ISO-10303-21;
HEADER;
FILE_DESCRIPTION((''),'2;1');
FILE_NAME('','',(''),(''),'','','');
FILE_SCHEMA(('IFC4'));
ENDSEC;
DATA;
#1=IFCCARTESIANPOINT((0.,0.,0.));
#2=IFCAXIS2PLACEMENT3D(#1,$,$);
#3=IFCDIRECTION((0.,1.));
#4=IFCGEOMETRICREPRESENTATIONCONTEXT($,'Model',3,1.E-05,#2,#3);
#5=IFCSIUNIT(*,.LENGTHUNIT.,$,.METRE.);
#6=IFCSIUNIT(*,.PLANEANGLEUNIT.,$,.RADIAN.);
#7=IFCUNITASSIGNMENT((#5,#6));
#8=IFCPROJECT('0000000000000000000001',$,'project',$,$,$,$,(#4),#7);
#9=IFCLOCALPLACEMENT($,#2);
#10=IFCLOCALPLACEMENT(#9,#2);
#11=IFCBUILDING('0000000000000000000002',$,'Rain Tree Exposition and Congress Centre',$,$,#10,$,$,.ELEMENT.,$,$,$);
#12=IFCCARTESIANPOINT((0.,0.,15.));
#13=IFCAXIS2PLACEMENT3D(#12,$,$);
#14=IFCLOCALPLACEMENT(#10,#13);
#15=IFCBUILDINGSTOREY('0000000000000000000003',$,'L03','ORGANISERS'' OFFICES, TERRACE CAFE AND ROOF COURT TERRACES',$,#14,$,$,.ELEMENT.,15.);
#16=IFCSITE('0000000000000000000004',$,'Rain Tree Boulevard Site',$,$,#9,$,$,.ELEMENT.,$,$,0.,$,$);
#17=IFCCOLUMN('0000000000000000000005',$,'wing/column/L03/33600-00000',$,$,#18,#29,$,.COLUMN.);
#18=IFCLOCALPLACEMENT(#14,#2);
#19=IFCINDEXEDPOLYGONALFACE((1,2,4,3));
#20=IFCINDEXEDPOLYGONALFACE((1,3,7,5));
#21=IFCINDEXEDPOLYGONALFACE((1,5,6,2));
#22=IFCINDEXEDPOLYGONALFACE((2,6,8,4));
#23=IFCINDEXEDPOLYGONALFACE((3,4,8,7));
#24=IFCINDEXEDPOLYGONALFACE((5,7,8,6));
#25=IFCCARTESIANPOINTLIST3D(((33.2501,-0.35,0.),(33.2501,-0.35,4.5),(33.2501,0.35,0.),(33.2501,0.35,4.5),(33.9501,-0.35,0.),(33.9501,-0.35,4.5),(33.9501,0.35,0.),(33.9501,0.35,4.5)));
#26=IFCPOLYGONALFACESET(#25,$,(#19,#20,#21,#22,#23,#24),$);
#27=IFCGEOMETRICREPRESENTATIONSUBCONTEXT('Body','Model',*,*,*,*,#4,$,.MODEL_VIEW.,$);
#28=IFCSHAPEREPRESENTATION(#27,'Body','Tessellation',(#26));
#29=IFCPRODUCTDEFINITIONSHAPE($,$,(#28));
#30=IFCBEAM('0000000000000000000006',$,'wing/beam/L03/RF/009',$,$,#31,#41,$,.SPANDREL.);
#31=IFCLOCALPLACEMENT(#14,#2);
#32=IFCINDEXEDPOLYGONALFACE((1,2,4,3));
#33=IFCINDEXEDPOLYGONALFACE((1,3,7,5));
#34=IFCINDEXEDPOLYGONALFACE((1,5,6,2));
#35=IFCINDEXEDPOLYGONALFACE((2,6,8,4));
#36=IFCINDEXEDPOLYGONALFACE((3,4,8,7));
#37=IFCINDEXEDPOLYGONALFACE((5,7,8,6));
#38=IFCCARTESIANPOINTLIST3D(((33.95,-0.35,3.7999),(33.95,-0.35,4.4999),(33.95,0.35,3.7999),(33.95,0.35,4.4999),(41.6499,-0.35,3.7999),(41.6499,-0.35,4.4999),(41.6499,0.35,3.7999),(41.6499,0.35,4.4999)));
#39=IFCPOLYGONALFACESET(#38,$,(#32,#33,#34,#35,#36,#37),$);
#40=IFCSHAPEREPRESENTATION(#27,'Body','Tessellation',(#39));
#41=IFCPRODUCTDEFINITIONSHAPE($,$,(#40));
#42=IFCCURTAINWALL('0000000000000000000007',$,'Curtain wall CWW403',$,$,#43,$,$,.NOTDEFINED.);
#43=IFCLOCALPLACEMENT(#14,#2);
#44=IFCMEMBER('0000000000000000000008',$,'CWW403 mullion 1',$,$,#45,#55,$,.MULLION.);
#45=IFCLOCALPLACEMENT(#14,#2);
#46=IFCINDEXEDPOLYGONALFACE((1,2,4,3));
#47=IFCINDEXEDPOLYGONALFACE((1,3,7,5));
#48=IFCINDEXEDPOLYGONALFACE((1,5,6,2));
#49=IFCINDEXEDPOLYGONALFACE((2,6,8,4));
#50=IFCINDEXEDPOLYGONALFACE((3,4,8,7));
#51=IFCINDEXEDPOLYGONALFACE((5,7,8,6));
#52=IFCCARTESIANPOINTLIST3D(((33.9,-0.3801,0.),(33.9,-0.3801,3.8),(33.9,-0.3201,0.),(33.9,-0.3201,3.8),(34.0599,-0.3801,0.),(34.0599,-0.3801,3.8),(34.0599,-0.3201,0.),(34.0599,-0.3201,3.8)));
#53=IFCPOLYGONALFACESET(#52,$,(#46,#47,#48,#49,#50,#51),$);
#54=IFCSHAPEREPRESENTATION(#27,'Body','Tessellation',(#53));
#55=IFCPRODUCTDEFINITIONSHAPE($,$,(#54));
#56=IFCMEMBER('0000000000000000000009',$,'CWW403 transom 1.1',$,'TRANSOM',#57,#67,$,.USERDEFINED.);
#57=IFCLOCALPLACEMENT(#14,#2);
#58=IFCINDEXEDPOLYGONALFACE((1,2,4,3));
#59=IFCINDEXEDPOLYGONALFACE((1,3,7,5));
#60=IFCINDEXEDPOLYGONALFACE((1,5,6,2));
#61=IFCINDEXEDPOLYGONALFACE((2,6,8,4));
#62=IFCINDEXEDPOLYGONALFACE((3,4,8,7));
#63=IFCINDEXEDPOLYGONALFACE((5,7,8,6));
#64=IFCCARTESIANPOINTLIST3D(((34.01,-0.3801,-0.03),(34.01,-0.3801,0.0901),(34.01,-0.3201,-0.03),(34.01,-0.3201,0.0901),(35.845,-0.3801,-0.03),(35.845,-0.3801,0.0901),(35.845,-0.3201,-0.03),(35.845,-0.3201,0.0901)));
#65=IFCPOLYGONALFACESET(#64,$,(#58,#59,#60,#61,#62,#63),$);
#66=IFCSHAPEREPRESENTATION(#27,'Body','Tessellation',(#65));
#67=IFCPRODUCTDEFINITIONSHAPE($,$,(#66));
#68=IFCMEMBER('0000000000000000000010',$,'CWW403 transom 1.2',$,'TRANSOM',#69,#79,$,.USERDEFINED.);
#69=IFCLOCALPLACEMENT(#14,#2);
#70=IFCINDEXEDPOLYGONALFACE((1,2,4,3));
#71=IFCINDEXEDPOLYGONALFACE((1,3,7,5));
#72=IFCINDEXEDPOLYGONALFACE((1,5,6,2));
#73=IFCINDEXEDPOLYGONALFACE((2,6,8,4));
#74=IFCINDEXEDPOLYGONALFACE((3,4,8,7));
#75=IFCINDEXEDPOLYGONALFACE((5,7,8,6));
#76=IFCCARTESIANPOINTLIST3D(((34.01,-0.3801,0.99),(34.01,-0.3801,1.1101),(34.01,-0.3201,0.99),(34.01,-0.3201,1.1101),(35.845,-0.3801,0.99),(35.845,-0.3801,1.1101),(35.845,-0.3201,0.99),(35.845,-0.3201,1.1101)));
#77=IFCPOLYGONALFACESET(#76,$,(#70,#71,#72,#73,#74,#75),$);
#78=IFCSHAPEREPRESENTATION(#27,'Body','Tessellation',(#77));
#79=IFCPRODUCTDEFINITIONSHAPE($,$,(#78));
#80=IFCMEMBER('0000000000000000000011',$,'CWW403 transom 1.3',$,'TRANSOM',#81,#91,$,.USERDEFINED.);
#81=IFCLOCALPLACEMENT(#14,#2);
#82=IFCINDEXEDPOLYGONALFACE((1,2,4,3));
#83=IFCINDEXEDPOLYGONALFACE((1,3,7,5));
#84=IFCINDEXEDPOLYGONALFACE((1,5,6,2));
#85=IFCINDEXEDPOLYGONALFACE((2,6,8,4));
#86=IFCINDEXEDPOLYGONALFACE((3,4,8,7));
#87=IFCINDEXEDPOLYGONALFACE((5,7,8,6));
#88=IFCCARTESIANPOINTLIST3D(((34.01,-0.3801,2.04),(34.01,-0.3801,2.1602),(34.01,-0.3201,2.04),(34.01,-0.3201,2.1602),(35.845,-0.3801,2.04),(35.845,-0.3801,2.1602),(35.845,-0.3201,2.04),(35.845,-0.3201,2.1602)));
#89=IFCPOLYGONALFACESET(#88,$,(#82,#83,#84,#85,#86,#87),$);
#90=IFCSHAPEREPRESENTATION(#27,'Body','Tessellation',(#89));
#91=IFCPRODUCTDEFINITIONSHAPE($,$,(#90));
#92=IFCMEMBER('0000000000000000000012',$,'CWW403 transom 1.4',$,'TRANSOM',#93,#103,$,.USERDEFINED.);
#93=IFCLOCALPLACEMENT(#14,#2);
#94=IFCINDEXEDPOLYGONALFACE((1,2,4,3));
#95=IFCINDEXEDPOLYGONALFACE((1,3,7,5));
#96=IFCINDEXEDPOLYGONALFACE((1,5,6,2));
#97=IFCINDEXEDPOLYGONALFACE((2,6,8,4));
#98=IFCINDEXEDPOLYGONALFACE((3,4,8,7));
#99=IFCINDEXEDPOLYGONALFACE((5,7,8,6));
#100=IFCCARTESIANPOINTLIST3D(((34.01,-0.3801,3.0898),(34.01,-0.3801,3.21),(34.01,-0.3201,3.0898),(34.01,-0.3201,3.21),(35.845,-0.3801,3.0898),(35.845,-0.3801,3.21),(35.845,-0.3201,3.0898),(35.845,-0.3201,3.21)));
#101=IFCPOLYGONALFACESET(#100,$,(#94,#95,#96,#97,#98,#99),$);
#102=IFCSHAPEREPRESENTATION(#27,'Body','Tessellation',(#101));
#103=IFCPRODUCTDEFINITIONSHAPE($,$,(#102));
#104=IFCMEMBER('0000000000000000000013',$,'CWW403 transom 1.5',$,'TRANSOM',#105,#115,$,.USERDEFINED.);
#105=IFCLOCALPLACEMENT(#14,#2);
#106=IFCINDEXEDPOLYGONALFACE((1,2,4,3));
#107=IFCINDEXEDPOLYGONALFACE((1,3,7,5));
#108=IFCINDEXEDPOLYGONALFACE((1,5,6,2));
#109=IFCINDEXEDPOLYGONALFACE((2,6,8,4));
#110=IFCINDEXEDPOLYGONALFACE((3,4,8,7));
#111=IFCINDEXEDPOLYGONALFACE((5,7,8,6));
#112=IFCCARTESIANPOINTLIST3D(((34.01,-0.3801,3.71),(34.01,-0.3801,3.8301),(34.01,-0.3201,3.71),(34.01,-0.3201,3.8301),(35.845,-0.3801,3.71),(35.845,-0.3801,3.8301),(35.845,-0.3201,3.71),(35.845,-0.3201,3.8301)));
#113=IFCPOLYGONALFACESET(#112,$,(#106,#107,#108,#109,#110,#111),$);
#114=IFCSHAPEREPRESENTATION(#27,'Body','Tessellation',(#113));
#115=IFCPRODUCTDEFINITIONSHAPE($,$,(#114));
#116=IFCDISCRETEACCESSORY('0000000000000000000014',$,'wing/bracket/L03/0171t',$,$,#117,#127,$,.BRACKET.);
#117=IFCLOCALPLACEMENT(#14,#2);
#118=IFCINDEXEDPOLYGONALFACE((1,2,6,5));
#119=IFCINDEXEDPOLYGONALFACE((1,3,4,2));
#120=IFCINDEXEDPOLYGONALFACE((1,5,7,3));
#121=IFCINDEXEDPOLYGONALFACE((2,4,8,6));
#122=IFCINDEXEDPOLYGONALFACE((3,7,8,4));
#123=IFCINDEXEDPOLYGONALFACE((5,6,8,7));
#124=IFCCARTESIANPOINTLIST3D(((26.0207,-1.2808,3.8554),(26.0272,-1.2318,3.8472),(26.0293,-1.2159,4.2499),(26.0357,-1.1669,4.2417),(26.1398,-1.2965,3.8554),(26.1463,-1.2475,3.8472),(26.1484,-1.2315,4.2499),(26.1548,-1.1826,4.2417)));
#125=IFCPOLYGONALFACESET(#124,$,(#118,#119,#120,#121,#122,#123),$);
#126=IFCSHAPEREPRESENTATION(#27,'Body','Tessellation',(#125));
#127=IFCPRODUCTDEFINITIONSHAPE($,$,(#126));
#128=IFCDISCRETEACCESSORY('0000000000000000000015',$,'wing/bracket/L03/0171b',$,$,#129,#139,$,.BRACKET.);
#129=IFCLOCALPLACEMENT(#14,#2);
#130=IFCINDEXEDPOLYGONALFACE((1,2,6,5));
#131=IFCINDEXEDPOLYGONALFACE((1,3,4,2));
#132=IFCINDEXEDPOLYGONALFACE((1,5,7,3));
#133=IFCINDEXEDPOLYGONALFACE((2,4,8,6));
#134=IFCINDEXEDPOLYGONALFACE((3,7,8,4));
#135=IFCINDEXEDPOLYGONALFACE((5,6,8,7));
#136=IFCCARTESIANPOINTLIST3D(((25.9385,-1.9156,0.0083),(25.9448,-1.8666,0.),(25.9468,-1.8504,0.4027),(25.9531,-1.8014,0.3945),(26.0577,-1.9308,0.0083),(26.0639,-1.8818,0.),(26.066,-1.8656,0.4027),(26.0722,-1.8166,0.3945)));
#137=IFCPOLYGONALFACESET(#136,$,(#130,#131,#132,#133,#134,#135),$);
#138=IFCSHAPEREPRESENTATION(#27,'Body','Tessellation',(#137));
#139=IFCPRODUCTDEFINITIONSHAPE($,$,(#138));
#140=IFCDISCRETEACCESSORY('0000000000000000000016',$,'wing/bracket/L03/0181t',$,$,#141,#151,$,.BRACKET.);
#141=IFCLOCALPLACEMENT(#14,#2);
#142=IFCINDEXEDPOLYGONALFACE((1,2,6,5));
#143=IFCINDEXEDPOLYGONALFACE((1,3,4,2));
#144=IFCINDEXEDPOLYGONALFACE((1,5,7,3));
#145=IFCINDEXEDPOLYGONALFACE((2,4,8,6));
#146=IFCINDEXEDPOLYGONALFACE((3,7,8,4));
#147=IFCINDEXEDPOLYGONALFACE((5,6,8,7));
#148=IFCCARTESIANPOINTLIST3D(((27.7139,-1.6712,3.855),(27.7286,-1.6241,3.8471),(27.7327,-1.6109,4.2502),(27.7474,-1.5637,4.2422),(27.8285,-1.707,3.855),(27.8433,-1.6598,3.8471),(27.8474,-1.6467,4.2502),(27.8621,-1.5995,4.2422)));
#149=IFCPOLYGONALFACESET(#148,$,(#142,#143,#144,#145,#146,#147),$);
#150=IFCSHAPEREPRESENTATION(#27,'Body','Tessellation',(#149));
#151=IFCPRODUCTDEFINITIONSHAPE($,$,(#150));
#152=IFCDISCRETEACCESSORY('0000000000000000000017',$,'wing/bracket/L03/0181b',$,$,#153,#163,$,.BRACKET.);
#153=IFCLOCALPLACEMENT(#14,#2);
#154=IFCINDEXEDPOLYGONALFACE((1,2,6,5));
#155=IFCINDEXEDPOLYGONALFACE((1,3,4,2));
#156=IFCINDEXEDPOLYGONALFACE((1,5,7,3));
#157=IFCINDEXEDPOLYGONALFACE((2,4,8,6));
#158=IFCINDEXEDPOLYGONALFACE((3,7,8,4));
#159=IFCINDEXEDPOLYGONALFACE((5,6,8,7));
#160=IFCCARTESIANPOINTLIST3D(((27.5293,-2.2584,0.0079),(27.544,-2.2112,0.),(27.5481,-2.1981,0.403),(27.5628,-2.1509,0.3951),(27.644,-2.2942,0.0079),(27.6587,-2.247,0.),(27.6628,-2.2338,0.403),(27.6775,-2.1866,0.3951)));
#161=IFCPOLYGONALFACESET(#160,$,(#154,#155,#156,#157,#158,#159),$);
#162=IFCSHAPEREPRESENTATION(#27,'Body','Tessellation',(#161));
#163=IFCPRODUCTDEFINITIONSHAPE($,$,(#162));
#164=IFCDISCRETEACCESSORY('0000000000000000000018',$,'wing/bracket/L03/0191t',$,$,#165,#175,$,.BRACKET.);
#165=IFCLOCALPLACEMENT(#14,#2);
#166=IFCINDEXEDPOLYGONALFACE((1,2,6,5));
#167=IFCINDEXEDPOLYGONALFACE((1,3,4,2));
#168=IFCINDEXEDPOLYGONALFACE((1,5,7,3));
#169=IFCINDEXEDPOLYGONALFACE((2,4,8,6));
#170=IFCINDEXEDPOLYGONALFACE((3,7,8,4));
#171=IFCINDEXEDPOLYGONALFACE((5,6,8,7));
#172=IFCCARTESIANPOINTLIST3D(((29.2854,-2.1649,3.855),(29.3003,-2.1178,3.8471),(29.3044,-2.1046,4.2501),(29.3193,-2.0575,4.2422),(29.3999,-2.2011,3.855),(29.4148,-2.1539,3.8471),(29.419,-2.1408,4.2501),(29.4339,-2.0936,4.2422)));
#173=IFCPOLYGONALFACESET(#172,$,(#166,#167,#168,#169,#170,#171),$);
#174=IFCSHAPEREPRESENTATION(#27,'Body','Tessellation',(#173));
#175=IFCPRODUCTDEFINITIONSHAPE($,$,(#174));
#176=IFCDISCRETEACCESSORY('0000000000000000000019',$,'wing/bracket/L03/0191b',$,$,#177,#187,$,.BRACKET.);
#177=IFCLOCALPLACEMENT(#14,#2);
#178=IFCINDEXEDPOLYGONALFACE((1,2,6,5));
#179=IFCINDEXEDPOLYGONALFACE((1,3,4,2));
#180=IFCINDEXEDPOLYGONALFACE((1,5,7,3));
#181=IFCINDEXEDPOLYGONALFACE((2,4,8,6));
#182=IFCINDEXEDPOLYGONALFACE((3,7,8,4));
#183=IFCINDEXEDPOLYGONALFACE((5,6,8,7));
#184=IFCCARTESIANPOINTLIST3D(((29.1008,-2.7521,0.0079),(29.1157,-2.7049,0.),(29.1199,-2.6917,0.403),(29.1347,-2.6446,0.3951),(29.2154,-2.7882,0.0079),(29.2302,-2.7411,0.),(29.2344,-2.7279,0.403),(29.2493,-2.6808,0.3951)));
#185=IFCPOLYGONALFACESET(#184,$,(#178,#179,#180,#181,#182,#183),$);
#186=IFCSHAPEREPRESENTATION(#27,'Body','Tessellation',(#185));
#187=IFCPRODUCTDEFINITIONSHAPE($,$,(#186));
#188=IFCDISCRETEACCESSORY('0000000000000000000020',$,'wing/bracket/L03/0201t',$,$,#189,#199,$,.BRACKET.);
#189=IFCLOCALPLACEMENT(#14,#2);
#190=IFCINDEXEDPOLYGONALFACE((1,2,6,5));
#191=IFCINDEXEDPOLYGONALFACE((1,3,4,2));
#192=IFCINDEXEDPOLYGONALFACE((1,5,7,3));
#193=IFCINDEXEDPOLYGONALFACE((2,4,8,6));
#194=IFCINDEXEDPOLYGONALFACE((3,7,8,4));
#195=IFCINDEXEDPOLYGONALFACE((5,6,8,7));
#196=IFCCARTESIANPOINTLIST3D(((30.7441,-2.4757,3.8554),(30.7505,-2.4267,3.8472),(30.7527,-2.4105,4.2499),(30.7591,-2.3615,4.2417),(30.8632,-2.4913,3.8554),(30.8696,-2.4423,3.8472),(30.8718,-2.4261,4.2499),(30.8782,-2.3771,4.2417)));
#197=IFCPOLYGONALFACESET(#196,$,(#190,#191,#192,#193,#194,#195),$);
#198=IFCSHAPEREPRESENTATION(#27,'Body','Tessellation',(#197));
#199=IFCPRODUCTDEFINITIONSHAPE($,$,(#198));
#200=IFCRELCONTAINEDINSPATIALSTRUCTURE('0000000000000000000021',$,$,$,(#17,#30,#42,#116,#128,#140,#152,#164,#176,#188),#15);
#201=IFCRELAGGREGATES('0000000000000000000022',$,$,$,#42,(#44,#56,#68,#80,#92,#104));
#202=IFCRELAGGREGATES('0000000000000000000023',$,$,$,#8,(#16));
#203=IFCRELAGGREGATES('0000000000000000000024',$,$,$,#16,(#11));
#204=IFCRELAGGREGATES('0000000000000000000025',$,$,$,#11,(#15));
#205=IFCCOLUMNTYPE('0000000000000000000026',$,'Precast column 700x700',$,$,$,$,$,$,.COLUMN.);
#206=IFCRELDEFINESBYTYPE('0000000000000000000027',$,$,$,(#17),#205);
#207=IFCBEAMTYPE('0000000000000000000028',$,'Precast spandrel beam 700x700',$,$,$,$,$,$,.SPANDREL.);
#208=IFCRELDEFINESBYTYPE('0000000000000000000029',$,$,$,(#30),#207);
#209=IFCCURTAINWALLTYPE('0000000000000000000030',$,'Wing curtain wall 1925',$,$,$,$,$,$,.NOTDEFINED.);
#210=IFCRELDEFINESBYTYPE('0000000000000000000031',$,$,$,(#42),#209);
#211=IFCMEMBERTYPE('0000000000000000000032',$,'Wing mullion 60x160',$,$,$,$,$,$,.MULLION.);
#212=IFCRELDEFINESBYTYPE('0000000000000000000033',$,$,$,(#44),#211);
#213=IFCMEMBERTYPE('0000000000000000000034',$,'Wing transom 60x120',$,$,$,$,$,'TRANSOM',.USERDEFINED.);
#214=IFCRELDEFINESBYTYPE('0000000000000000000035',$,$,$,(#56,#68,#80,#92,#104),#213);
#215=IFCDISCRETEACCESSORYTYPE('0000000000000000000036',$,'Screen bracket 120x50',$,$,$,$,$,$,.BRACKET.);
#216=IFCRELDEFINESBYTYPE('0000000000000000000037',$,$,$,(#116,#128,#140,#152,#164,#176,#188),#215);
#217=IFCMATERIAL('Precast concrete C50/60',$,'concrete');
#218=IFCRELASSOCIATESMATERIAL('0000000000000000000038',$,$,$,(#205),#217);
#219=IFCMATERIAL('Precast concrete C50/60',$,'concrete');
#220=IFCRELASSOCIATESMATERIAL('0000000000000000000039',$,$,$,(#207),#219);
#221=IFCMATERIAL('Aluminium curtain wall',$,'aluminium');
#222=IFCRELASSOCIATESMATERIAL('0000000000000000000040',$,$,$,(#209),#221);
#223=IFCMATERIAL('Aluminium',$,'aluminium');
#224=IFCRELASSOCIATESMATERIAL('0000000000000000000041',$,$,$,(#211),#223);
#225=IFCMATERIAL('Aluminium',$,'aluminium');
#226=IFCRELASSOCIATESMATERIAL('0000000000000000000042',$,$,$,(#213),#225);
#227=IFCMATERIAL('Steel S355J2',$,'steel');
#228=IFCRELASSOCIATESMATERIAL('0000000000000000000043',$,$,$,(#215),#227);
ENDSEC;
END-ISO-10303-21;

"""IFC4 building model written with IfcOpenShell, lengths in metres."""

from ifc_helpers import new_model, si_unit, direction, frame, origin, origin_2d, place, context, subcontext, project, spatial, rectangle, extrude, material, material_profile, profile_set, type_object, element, aggregate, save


model = new_model("IFC4")

# Units and contexts
model_context = context("Model", 3, precision=1e-05, world=origin(), true_north=direction((0.0, 1.0)))
body_context = subcontext(model_context, "Body", "Model", "MODEL_VIEW")
ifc_project = project(units=[si_unit("LENGTHUNIT", "METRE"), si_unit("PLANEANGLEUNIT", "RADIAN")], contexts=[model_context])

# Site, building, storey
site_placement = place(None, origin())
site = spatial("IfcSite", under=ifc_project, at=site_placement, Name="Rain Tree Boulevard Site", CompositionType="ELEMENT", RefElevation=0.0)
building_placement = place(site_placement, origin())
building = spatial("IfcBuilding", under=site, at=building_placement, Name="Rain Tree Exposition and Congress Centre", CompositionType="ELEMENT")
storey_placement = place(building_placement, frame((0.0, 0.0, 15.0)))
storey = spatial("IfcBuildingStorey", under=building, at=storey_placement, Name="L03", Description="ORGANISERS' OFFICES, TERRACE CAFE AND ROOF COURT TERRACES", CompositionType="ELEMENT", Elevation=15.0)

# Column
ifc_material_1 = material(Name="Precast concrete C50/60", Category="concrete")
ifc_material_profile_1 = material_profile(ifc_material_1, rectangle(XDim=0.7, YDim=0.7, at=origin_2d()), Name="RC 700x700")
ifc_profile_set_1 = profile_set([ifc_material_profile_1], Name="Precast concrete C50/60")
column_type = type_object("IfcColumnType", Name="Precast column 700x700", PredefinedType="COLUMN", material=ifc_profile_set_1)
column_placement = place(storey_placement, frame((33.6001, 0.0, 0.0), z_axis=(0.0, 0.0, 1.0), x_axis=(1.0, 0.0, 0.0)))
element("IfcColumn", 1, at=column_placement, inside=storey, type_object=column_type, Name="wing/column/L03/33600-00000", PredefinedType="COLUMN", context=body_context, shape_type="SweptSolid", body=[
    extrude(rectangle(XDim=0.7, YDim=0.7, at=origin_2d()), origin(), (0.0, 0.0, 1.0), 4.5),
])

# Beam
ifc_material_2 = material(Name="Precast concrete C50/60", Category="concrete")
ifc_material_profile_2 = material_profile(ifc_material_2, rectangle(XDim=0.7, YDim=0.7, at=origin_2d()), Name="RC 700x700")
ifc_profile_set_2 = profile_set([ifc_material_profile_2], Name="Precast concrete C50/60")
beam_type = type_object("IfcBeamType", Name="Precast spandrel beam 700x700", PredefinedType="SPANDREL", material=ifc_profile_set_2)
beam_placement = place(storey_placement, frame((33.95, 0.0, 4.1499), z_axis=(1.0, 0.0, 0.0), x_axis=(0.0, 1.0, 0.0)))
element("IfcBeam", 2, at=beam_placement, inside=storey, type_object=beam_type, Name="wing/beam/L03/RF/009", PredefinedType="SPANDREL", context=body_context, shape_type="SweptSolid", body=[
    extrude(rectangle(XDim=0.7, YDim=0.7, at=origin_2d()), origin(), (0.0, 0.0, 1.0), 7.7),
])

# Curtain wall, members
ifc_material_3 = material(Name="Aluminium curtain wall", Category="aluminium")
curtain_wall_type = type_object("IfcCurtainWallType", Name="Wing curtain wall 1925", PredefinedType="NOTDEFINED", material=ifc_material_3)
curtain_wall_placement = place(storey_placement, origin())
curtain_wall = element("IfcCurtainWall", 3, at=curtain_wall_placement, inside=storey, type_object=curtain_wall_type, Name="Curtain wall CWW403", PredefinedType="NOTDEFINED")
ifc_material_4 = material(Name="Aluminium", Category="aluminium")
ifc_material_profile_3 = material_profile(ifc_material_4, rectangle(XDim=0.0601, YDim=0.1599, at=origin_2d()), Name="Aluminium 60x160")
ifc_profile_set_3 = profile_set([ifc_material_profile_3], Name="Aluminium")
member_type_1 = type_object("IfcMemberType", Name="Wing mullion 60x160", PredefinedType="MULLION", material=ifc_profile_set_3)
member_1_placement = place(storey_placement, frame((33.98, -0.3501, 0.0), z_axis=(0.0, 0.0, 1.0), x_axis=(0.0, 1.0, 0.0)))
member_1 = element("IfcMember", 4, at=member_1_placement, type_object=member_type_1, Name="CWW403 mullion 1", PredefinedType="MULLION", context=body_context, shape_type="SweptSolid", body=[
    extrude(rectangle(XDim=0.0601, YDim=0.1599, at=origin_2d()), origin(), (0.0, 0.0, 1.0), 3.8),
])
ifc_material_5 = material(Name="Aluminium", Category="aluminium")
ifc_material_profile_4 = material_profile(ifc_material_5, rectangle(XDim=0.0601, YDim=0.1201, at=origin_2d()), Name="Aluminium 60x120")
ifc_profile_set_4 = profile_set([ifc_material_profile_4], Name="Aluminium")
member_type_2 = type_object("IfcMemberType", Name="Wing transom 60x120", ElementType="TRANSOM", PredefinedType="USERDEFINED", material=ifc_profile_set_4)
member_2_placement = place(storey_placement, frame((34.01, -0.3501, 0.03), z_axis=(1.0, 0.0, 0.0), x_axis=(0.0, 1.0, 0.0)))
member_2 = element("IfcMember", 5, at=member_2_placement, type_object=member_type_2, Name="CWW403 transom 1.1", ObjectType="TRANSOM", PredefinedType="USERDEFINED", context=body_context, shape_type="SweptSolid", body=[
    extrude(rectangle(XDim=0.0601, YDim=0.1201, at=origin_2d()), origin(), (0.0, 0.0, 1.0), 1.835),
])
member_3_placement = place(storey_placement, frame((34.01, -0.3501, 1.05), z_axis=(1.0, 0.0, 0.0), x_axis=(0.0, 1.0, 0.0)))
member_3 = element("IfcMember", 6, at=member_3_placement, type_object=member_type_2, Name="CWW403 transom 1.2", ObjectType="TRANSOM", PredefinedType="USERDEFINED", context=body_context, shape_type="SweptSolid", body=[
    extrude(rectangle(XDim=0.0601, YDim=0.1201, at=origin_2d()), origin(), (0.0, 0.0, 1.0), 1.835),
])
member_4_placement = place(storey_placement, frame((34.01, -0.3501, 2.1001), z_axis=(1.0, 0.0, 0.0), x_axis=(0.0, 1.0, 0.0)))
member_4 = element("IfcMember", 7, at=member_4_placement, type_object=member_type_2, Name="CWW403 transom 1.3", ObjectType="TRANSOM", PredefinedType="USERDEFINED", context=body_context, shape_type="SweptSolid", body=[
    extrude(rectangle(XDim=0.0601, YDim=0.1201, at=origin_2d()), origin(), (0.0, 0.0, 1.0), 1.835),
])
member_5_placement = place(storey_placement, frame((34.01, -0.3501, 3.1499), z_axis=(1.0, 0.0, 0.0), x_axis=(0.0, 1.0, 0.0)))
member_5 = element("IfcMember", 8, at=member_5_placement, type_object=member_type_2, Name="CWW403 transom 1.4", ObjectType="TRANSOM", PredefinedType="USERDEFINED", context=body_context, shape_type="SweptSolid", body=[
    extrude(rectangle(XDim=0.0601, YDim=0.1201, at=origin_2d()), origin(), (0.0, 0.0, 1.0), 1.835),
])
member_6_placement = place(storey_placement, frame((34.01, -0.3501, 3.77), z_axis=(1.0, 0.0, 0.0), x_axis=(0.0, 1.0, 0.0)))
member_6 = element("IfcMember", 9, at=member_6_placement, type_object=member_type_2, Name="CWW403 transom 1.5", ObjectType="TRANSOM", PredefinedType="USERDEFINED", context=body_context, shape_type="SweptSolid", body=[
    extrude(rectangle(XDim=0.0601, YDim=0.1201, at=origin_2d()), origin(), (0.0, 0.0, 1.0), 1.835),
])
aggregate(curtain_wall, [member_1, member_2, member_3, member_4, member_5, member_6])

# Discrete accessories
ifc_material_6 = material(Name="Steel S355J2", Category="steel")
ifc_material_profile_5 = material_profile(ifc_material_6, rectangle(XDim=0.1201, YDim=0.05, at=origin_2d()), Name="Flat bar 120x50")
ifc_profile_set_5 = profile_set([ifc_material_profile_5], Name="Steel S355J2")
discrete_accessory_type = type_object("IfcDiscreteAccessoryType", Name="Screen bracket 120x50", PredefinedType="BRACKET", material=ifc_profile_set_5)
for number, where, z_axis, x_axis, name in (
    (10, (26.0835, -1.2642, 3.8513), (0.021366, 0.162381, 0.986497), (-0.991454, 0.130455, 0.0), "wing/bracket/L03/0171t"),
    (11, (26.0012, -1.8987, 0.0042), (0.020754, 0.162978, 0.986411), (-0.991989, 0.126321, 0.0), "wing/bracket/L03/0171b"),
):
    element("IfcDiscreteAccessory", number, at=place(storey_placement, frame(where, z_axis=z_axis, x_axis=x_axis)), inside=storey, type_object=discrete_accessory_type, Name=name, PredefinedType="BRACKET", context=body_context, shape_type="SweptSolid", body=[
        extrude(rectangle(XDim=0.1201, YDim=0.05, at=origin_2d()), origin(), (0.0, 0.0, 1.0), 0.3999),
    ])
for number, where, z_axis, x_axis, name in (
    (12, (27.7786, -1.6655, 3.8511), (0.046993, 0.150743, 0.987456), (-0.954686, 0.297615, 0.0), "wing/bracket/L03/0181t"),
    (13, (27.594, -2.2527, 0.0039), (0.046993, 0.150743, 0.987456), (-0.954686, 0.297615, 0.0), "wing/bracket/L03/0181b"),
    (14, (29.3501, -2.1594, 3.8511), (0.047602, 0.150738, 0.987427), (-0.953583, 0.301131, 0.0), "wing/bracket/L03/0191t"),
    (15, (29.1655, -2.7466, 0.0039), (0.047602, 0.150738, 0.987427), (-0.953583, 0.301131, 0.0), "wing/bracket/L03/0191b"),
):
    element("IfcDiscreteAccessory", number, at=place(storey_placement, frame(where, z_axis=z_axis, x_axis=x_axis)), inside=storey, type_object=discrete_accessory_type, Name=name, PredefinedType="BRACKET", context=body_context, shape_type="SweptSolid", body=[
        extrude(rectangle(XDim=0.1201, YDim=0.05, at=origin_2d()), origin(), (0.0, 0.0, 1.0), 0.4001),
    ])
for number, where, z_axis, x_axis, name in (
    (16, (30.8069, -2.459, 3.8513), (0.021364, 0.162976, 0.986399), (-0.991517, 0.129974, 0.0), "wing/bracket/L03/0201t"),
):
    element("IfcDiscreteAccessory", number, at=place(storey_placement, frame(where, z_axis=z_axis, x_axis=x_axis)), inside=storey, type_object=discrete_accessory_type, Name=name, PredefinedType="BRACKET", context=body_context, shape_type="SweptSolid", body=[
        extrude(rectangle(XDim=0.1201, YDim=0.05, at=origin_2d()), origin(), (0.0, 0.0, 1.0), 0.3999),
    ])

save(model, "model.ifc")
